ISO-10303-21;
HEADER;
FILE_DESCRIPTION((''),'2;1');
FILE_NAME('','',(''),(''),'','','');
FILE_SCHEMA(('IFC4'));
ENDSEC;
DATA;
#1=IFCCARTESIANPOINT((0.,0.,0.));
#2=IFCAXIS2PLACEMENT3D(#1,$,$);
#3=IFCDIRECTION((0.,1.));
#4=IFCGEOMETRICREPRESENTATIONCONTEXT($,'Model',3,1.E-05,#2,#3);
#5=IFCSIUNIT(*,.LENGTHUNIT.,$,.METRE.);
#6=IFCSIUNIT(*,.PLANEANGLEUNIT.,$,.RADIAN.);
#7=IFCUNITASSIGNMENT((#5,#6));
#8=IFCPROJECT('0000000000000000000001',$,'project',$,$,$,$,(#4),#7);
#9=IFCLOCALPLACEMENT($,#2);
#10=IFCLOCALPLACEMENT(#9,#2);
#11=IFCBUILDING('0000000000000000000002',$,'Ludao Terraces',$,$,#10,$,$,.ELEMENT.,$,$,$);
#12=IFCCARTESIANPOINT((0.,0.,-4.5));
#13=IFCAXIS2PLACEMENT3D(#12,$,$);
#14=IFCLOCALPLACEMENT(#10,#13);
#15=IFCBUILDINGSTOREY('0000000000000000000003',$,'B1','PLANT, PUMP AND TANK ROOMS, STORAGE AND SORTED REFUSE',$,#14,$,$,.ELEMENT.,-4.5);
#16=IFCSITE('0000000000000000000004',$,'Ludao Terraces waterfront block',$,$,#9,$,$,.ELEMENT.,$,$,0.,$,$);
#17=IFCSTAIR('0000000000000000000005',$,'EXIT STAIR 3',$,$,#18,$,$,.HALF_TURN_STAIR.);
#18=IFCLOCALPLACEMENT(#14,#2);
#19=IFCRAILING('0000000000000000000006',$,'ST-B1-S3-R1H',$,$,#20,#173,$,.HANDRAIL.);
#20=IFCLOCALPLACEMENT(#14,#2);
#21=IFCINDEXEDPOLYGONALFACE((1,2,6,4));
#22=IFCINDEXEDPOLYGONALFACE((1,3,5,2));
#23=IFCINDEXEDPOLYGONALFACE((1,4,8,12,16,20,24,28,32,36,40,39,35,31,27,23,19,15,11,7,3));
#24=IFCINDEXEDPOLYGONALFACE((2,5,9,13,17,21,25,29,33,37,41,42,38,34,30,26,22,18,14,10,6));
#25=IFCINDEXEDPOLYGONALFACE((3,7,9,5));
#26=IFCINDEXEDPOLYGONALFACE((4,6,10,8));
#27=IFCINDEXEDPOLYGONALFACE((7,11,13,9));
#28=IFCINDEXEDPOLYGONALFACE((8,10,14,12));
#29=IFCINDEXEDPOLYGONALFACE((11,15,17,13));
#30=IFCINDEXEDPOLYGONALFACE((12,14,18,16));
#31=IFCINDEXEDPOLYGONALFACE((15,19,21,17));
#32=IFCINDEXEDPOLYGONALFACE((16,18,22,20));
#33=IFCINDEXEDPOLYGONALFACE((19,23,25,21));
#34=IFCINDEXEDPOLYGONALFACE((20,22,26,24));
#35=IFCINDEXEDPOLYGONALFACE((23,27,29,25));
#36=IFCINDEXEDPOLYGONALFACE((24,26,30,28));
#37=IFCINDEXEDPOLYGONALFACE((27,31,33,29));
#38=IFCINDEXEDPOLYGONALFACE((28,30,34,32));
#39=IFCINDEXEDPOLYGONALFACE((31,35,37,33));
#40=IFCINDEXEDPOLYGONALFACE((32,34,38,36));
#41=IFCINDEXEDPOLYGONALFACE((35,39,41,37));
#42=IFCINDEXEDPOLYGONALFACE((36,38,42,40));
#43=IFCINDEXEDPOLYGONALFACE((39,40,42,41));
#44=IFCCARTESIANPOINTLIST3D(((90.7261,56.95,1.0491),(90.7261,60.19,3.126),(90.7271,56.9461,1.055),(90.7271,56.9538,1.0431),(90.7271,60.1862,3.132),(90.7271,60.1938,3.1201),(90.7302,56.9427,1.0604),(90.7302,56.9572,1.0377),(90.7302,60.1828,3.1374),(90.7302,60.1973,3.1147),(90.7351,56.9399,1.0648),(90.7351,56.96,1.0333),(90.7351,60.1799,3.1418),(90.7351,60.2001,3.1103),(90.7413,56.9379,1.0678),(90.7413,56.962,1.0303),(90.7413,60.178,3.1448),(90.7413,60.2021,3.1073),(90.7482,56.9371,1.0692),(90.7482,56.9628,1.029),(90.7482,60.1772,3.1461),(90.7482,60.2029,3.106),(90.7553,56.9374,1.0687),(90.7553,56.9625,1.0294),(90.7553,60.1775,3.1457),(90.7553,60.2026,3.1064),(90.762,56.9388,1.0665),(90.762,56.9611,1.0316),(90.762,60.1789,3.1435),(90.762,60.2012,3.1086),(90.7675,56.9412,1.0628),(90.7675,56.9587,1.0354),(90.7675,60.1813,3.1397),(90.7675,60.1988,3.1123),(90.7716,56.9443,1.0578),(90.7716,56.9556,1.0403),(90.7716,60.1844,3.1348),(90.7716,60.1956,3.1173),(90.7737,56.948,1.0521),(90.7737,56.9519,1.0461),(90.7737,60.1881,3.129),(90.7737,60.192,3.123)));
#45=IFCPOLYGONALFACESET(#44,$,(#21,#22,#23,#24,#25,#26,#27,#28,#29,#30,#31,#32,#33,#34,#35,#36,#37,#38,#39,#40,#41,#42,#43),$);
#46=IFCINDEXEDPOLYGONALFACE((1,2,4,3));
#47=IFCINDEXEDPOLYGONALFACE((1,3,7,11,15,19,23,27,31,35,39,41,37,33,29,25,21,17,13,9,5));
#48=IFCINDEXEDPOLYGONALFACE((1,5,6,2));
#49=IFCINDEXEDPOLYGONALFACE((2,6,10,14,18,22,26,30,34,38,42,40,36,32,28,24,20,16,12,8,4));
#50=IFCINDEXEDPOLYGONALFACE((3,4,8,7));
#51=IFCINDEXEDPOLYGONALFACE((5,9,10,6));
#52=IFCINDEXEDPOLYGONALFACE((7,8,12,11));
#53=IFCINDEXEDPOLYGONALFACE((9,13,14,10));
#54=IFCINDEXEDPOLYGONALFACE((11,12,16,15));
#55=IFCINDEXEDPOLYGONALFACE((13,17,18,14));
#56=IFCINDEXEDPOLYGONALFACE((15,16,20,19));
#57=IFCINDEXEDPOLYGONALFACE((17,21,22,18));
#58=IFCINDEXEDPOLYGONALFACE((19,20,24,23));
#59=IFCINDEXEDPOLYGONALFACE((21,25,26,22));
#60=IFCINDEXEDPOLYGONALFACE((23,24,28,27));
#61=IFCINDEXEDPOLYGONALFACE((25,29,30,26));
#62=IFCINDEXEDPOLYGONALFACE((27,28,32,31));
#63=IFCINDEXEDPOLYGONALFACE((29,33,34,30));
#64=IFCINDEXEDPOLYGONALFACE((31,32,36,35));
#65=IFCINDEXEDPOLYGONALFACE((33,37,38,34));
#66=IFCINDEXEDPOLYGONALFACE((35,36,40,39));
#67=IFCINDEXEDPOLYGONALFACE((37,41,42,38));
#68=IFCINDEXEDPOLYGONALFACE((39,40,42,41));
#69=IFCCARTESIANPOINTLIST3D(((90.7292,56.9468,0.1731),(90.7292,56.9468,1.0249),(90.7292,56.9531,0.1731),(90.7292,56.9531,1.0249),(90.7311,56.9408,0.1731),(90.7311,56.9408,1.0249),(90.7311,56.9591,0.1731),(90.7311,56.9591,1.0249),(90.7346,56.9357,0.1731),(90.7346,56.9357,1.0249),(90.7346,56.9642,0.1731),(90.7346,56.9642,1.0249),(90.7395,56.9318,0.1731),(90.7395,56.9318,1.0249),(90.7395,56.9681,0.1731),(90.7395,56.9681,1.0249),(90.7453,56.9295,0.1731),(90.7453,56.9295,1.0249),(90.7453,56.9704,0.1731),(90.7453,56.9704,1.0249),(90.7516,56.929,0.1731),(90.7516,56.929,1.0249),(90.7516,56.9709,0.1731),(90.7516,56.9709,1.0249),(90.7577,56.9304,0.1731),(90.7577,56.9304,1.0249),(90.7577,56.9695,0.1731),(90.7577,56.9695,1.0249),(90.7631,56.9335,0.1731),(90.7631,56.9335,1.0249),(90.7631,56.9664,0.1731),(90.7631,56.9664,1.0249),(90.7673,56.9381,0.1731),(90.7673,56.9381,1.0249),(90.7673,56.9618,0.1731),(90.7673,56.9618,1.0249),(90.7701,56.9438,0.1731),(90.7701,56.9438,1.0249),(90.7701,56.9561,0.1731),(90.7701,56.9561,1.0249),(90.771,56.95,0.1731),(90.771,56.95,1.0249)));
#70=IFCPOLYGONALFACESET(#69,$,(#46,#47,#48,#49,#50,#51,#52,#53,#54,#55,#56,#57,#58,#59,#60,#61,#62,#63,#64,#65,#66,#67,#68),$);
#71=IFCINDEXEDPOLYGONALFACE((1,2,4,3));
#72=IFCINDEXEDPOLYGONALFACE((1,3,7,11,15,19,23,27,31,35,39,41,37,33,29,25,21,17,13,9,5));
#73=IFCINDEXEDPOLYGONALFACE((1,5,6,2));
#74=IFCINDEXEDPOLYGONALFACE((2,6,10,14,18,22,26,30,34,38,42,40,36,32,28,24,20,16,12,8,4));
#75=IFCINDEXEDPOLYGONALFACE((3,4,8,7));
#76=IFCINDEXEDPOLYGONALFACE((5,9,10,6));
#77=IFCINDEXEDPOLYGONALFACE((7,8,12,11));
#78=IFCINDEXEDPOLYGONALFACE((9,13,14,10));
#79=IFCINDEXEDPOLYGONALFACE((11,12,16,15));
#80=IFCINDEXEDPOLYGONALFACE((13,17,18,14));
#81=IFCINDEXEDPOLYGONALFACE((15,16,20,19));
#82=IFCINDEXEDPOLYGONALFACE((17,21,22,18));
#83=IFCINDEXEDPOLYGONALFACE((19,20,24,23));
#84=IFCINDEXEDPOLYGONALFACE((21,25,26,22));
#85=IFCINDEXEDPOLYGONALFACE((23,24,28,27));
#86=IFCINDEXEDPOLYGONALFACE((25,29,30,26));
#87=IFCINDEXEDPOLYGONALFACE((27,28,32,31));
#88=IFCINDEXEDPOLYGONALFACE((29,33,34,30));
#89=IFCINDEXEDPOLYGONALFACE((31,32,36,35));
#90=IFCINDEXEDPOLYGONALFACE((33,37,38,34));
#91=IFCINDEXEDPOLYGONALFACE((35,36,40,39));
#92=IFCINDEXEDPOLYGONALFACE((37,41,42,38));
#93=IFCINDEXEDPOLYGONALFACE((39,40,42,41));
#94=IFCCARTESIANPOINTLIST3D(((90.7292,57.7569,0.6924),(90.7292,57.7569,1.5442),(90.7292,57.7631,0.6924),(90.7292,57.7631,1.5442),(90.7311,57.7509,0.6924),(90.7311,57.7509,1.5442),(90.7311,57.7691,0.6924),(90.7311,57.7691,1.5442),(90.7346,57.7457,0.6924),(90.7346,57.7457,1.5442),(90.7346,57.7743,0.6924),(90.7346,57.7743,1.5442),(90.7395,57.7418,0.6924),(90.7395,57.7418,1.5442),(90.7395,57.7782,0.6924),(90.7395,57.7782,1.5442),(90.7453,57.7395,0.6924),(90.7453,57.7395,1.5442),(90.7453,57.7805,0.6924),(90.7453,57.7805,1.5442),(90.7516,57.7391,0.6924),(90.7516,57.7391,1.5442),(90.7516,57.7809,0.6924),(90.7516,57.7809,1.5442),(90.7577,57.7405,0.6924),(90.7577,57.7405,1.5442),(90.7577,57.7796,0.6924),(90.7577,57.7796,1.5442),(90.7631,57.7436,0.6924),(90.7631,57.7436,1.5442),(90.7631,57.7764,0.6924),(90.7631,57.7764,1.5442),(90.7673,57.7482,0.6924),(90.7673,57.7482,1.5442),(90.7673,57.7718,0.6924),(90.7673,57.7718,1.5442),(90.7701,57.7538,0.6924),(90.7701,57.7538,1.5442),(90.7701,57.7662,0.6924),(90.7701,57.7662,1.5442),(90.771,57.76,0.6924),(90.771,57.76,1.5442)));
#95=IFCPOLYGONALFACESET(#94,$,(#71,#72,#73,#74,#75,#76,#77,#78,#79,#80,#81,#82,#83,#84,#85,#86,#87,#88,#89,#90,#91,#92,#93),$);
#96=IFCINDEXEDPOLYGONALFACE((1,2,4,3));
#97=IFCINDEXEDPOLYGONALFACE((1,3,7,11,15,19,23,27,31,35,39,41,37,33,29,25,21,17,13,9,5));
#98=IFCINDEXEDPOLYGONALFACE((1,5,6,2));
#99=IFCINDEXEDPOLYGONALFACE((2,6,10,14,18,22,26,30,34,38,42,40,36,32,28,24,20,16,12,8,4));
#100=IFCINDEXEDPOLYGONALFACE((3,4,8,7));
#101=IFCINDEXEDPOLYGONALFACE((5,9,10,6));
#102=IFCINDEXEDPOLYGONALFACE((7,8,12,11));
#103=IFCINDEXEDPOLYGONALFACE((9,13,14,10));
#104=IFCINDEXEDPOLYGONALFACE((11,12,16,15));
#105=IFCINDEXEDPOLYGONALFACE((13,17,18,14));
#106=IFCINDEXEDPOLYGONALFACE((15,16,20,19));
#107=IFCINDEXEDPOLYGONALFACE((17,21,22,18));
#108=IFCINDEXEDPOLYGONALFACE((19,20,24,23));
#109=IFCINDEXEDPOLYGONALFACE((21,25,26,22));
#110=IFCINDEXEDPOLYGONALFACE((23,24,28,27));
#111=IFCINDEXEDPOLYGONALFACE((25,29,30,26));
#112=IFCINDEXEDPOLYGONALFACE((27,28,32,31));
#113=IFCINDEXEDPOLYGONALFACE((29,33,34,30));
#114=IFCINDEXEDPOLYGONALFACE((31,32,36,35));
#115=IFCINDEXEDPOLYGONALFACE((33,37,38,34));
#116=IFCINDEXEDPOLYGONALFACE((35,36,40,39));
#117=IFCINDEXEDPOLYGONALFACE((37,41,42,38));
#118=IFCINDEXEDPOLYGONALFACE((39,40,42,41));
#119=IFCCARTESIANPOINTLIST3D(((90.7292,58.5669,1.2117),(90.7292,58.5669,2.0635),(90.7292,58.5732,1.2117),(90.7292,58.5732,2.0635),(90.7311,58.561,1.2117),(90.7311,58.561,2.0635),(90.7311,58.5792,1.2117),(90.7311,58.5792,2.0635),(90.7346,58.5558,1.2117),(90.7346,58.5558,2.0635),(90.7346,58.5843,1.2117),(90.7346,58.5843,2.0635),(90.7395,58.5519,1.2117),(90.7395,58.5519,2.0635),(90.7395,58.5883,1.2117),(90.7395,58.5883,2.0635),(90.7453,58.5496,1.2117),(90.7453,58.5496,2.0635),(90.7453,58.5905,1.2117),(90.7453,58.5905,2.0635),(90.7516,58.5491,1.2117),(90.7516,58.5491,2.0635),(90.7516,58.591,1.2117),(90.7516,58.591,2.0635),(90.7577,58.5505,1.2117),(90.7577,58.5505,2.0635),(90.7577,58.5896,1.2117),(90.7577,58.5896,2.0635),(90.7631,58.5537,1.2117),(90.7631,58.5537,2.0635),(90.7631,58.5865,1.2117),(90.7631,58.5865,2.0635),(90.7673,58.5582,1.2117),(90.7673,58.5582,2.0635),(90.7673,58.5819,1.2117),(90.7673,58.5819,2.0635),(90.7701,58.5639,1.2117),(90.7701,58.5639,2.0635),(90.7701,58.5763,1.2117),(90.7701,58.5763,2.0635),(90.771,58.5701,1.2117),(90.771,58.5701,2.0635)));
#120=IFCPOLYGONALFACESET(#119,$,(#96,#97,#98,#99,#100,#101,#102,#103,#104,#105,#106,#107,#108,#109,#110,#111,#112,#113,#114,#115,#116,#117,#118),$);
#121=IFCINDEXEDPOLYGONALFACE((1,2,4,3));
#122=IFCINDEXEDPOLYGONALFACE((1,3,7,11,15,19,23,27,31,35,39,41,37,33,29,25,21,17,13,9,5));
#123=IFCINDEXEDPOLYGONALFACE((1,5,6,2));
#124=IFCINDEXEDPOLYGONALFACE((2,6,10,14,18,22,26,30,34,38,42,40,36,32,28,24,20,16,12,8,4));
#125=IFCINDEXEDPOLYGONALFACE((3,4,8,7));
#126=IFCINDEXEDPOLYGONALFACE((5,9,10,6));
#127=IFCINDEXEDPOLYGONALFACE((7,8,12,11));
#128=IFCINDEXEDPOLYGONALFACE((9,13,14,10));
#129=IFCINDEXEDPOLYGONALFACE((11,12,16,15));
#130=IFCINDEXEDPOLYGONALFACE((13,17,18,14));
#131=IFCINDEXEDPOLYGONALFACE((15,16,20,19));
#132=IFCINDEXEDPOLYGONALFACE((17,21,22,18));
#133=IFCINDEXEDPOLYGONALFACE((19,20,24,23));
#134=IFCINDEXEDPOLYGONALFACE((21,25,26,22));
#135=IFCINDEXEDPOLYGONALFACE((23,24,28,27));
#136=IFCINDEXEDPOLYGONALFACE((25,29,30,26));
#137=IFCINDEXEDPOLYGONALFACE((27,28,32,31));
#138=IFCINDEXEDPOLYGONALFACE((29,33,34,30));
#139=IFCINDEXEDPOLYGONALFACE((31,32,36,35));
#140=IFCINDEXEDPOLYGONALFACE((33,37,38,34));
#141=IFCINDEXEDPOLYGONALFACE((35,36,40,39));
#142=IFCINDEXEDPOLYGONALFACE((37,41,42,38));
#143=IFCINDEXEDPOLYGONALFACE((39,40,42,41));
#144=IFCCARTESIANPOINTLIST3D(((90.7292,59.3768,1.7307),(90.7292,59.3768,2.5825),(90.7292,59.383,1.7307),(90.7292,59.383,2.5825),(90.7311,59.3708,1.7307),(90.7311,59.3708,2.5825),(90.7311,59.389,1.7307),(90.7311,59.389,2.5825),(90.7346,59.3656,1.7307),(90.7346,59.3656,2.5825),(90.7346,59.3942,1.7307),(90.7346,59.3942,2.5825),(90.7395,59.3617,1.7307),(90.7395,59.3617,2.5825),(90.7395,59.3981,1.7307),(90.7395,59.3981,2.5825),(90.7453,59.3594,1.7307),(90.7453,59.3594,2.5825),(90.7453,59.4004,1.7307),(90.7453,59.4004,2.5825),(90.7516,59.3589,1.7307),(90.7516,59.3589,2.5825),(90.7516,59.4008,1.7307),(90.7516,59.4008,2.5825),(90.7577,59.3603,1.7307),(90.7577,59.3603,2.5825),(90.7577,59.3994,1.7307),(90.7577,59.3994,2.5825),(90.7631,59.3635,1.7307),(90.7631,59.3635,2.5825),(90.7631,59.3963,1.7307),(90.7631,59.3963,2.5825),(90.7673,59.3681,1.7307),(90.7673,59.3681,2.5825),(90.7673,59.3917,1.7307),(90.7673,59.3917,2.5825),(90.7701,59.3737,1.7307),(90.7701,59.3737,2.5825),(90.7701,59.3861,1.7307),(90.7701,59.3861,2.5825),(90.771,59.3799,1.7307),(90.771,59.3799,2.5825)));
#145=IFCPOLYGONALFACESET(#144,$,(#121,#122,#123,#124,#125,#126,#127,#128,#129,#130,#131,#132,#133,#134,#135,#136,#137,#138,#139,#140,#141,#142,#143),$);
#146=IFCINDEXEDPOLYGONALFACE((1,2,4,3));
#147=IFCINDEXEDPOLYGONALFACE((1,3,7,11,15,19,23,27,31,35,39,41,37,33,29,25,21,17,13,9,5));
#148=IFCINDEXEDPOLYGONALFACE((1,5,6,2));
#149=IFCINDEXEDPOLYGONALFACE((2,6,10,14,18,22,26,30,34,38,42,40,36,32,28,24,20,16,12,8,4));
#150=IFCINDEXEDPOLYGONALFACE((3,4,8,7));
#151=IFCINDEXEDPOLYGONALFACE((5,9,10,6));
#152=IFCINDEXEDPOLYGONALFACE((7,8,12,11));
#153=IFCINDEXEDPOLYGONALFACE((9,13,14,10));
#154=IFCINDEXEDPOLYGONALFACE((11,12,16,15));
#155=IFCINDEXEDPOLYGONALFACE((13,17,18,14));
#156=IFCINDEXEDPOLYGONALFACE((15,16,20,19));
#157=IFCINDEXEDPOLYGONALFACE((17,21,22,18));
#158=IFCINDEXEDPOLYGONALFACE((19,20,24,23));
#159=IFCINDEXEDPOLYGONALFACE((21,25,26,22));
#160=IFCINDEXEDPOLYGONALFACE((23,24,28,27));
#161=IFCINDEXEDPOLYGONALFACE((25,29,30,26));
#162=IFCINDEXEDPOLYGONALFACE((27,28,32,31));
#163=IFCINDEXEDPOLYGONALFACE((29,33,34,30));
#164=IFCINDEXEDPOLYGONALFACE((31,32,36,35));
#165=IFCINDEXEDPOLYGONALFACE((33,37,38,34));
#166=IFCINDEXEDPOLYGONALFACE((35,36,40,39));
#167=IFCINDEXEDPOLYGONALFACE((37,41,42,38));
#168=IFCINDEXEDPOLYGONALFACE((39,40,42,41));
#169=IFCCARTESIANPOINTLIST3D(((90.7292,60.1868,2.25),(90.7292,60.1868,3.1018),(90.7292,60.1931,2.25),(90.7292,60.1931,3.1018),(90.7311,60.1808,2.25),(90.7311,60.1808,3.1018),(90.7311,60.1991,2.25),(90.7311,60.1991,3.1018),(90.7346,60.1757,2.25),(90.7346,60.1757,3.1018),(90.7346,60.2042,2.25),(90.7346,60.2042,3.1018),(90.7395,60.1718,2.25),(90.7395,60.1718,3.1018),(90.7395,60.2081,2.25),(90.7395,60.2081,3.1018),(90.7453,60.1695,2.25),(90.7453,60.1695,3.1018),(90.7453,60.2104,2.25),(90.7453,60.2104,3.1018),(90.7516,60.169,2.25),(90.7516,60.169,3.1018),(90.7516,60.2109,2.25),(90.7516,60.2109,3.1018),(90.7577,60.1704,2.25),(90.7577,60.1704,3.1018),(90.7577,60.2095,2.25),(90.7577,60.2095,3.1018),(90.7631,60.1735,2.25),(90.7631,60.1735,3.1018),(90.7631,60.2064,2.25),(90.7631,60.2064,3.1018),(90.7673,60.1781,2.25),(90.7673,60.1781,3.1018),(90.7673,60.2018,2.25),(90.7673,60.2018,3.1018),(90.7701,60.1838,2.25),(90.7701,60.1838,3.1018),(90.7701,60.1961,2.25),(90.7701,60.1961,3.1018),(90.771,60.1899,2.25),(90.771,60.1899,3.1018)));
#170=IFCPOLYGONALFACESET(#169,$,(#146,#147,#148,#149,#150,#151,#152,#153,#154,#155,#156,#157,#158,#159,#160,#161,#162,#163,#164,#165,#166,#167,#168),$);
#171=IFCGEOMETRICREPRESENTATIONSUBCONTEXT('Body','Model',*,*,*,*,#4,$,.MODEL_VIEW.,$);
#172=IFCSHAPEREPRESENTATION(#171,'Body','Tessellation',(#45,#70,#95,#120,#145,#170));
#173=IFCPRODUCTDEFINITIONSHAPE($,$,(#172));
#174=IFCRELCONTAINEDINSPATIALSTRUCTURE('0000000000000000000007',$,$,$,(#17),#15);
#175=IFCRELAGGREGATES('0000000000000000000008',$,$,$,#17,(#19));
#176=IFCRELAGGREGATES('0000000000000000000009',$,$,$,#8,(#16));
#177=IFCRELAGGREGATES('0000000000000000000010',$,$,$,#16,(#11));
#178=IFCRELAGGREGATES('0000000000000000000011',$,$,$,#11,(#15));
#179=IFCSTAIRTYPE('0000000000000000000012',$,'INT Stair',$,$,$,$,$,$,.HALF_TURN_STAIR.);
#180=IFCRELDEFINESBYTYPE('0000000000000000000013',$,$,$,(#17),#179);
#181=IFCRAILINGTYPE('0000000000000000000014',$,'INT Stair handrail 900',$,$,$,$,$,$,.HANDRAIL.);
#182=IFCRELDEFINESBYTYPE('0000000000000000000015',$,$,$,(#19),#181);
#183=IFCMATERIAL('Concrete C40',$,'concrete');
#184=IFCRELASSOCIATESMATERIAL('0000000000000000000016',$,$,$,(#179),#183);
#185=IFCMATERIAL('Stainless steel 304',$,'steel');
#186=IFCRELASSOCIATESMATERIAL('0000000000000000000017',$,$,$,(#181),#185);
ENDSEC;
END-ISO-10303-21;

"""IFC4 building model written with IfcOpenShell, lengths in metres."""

from ifc_helpers import new_model, si_unit, direction, frame, origin, origin_2d, place, context, subcontext, project, spatial, circle, extrude, material, type_object, element, aggregate, save


model = new_model("IFC4")

# Units and contexts
model_context = context("Model", 3, precision=1e-05, world=origin(), true_north=direction((0.0, 1.0)))
body_context = subcontext(model_context, "Body", "Model", "MODEL_VIEW")
ifc_project = project(units=[si_unit("LENGTHUNIT", "METRE"), si_unit("PLANEANGLEUNIT", "RADIAN")], contexts=[model_context])

# Site, building, storey
site_placement = place(None, origin())
site = spatial("IfcSite", under=ifc_project, at=site_placement, Name="Ludao Terraces waterfront block", CompositionType="ELEMENT", RefElevation=0.0)
building_placement = place(site_placement, origin())
building = spatial("IfcBuilding", under=site, at=building_placement, Name="Ludao Terraces", CompositionType="ELEMENT")
storey_placement = place(building_placement, frame((0.0, 0.0, -4.5)))
storey = spatial("IfcBuildingStorey", under=building, at=storey_placement, Name="B1", Description="PLANT, PUMP AND TANK ROOMS, STORAGE AND SORTED REFUSE", CompositionType="ELEMENT", Elevation=-4.5)

# Stair, railing
ifc_material_1 = material(Name="Concrete C40", Category="concrete")
stair_type = type_object("IfcStairType", Name="INT Stair", PredefinedType="HALF_TURN_STAIR", material=ifc_material_1)
stair_placement = place(storey_placement, origin())
stair = element("IfcStair", 1, at=stair_placement, inside=storey, type_object=stair_type, Name="EXIT STAIR 3", PredefinedType="HALF_TURN_STAIR")
ifc_material_2 = material(Name="Stainless steel 304", Category="steel")
railing_type_1 = type_object("IfcRailingType", Name="INT Stair handrail 900", PredefinedType="HANDRAIL", material=ifc_material_2)
railing_1_placement = place(storey_placement, frame((90.75, 56.95, 0.1731)))
railing_1 = element("IfcRailing", 2, at=railing_1_placement, type_object=railing_type_1, Name="ST-B1-S3-R1H", PredefinedType="HANDRAIL", context=body_context, shape_type="SweptSolid", body=[
    extrude(circle(Radius=0.0239, at=origin_2d()), frame((0.0, 0.0, 0.876), z_axis=(0.0, 0.841881, 0.539664), x_axis=(-1.0, 0.0, 0.0)), (0.0, 0.0, 1.0), 3.8486),
    extrude(circle(Radius=0.021, at=origin_2d()), origin(), (0.0, 0.0, 1.0), 0.8518),
    extrude(circle(Radius=0.021, at=origin_2d()), frame((0.0, 0.8101, 0.5193)), (0.0, 0.0, 1.0), 0.8518),
    extrude(circle(Radius=0.021, at=origin_2d()), frame((0.0, 1.6201, 1.0386)), (0.0, 0.0, 1.0), 0.8518),
    extrude(circle(Radius=0.021, at=origin_2d()), frame((0.0, 2.4299, 1.5576)), (0.0, 0.0, 1.0), 0.8518),
    extrude(circle(Radius=0.021, at=origin_2d()), frame((0.0, 3.24, 2.0769)), (0.0, 0.0, 1.0), 0.8518),
])
aggregate(stair, [railing_1])

save(model, "model.ifc")
